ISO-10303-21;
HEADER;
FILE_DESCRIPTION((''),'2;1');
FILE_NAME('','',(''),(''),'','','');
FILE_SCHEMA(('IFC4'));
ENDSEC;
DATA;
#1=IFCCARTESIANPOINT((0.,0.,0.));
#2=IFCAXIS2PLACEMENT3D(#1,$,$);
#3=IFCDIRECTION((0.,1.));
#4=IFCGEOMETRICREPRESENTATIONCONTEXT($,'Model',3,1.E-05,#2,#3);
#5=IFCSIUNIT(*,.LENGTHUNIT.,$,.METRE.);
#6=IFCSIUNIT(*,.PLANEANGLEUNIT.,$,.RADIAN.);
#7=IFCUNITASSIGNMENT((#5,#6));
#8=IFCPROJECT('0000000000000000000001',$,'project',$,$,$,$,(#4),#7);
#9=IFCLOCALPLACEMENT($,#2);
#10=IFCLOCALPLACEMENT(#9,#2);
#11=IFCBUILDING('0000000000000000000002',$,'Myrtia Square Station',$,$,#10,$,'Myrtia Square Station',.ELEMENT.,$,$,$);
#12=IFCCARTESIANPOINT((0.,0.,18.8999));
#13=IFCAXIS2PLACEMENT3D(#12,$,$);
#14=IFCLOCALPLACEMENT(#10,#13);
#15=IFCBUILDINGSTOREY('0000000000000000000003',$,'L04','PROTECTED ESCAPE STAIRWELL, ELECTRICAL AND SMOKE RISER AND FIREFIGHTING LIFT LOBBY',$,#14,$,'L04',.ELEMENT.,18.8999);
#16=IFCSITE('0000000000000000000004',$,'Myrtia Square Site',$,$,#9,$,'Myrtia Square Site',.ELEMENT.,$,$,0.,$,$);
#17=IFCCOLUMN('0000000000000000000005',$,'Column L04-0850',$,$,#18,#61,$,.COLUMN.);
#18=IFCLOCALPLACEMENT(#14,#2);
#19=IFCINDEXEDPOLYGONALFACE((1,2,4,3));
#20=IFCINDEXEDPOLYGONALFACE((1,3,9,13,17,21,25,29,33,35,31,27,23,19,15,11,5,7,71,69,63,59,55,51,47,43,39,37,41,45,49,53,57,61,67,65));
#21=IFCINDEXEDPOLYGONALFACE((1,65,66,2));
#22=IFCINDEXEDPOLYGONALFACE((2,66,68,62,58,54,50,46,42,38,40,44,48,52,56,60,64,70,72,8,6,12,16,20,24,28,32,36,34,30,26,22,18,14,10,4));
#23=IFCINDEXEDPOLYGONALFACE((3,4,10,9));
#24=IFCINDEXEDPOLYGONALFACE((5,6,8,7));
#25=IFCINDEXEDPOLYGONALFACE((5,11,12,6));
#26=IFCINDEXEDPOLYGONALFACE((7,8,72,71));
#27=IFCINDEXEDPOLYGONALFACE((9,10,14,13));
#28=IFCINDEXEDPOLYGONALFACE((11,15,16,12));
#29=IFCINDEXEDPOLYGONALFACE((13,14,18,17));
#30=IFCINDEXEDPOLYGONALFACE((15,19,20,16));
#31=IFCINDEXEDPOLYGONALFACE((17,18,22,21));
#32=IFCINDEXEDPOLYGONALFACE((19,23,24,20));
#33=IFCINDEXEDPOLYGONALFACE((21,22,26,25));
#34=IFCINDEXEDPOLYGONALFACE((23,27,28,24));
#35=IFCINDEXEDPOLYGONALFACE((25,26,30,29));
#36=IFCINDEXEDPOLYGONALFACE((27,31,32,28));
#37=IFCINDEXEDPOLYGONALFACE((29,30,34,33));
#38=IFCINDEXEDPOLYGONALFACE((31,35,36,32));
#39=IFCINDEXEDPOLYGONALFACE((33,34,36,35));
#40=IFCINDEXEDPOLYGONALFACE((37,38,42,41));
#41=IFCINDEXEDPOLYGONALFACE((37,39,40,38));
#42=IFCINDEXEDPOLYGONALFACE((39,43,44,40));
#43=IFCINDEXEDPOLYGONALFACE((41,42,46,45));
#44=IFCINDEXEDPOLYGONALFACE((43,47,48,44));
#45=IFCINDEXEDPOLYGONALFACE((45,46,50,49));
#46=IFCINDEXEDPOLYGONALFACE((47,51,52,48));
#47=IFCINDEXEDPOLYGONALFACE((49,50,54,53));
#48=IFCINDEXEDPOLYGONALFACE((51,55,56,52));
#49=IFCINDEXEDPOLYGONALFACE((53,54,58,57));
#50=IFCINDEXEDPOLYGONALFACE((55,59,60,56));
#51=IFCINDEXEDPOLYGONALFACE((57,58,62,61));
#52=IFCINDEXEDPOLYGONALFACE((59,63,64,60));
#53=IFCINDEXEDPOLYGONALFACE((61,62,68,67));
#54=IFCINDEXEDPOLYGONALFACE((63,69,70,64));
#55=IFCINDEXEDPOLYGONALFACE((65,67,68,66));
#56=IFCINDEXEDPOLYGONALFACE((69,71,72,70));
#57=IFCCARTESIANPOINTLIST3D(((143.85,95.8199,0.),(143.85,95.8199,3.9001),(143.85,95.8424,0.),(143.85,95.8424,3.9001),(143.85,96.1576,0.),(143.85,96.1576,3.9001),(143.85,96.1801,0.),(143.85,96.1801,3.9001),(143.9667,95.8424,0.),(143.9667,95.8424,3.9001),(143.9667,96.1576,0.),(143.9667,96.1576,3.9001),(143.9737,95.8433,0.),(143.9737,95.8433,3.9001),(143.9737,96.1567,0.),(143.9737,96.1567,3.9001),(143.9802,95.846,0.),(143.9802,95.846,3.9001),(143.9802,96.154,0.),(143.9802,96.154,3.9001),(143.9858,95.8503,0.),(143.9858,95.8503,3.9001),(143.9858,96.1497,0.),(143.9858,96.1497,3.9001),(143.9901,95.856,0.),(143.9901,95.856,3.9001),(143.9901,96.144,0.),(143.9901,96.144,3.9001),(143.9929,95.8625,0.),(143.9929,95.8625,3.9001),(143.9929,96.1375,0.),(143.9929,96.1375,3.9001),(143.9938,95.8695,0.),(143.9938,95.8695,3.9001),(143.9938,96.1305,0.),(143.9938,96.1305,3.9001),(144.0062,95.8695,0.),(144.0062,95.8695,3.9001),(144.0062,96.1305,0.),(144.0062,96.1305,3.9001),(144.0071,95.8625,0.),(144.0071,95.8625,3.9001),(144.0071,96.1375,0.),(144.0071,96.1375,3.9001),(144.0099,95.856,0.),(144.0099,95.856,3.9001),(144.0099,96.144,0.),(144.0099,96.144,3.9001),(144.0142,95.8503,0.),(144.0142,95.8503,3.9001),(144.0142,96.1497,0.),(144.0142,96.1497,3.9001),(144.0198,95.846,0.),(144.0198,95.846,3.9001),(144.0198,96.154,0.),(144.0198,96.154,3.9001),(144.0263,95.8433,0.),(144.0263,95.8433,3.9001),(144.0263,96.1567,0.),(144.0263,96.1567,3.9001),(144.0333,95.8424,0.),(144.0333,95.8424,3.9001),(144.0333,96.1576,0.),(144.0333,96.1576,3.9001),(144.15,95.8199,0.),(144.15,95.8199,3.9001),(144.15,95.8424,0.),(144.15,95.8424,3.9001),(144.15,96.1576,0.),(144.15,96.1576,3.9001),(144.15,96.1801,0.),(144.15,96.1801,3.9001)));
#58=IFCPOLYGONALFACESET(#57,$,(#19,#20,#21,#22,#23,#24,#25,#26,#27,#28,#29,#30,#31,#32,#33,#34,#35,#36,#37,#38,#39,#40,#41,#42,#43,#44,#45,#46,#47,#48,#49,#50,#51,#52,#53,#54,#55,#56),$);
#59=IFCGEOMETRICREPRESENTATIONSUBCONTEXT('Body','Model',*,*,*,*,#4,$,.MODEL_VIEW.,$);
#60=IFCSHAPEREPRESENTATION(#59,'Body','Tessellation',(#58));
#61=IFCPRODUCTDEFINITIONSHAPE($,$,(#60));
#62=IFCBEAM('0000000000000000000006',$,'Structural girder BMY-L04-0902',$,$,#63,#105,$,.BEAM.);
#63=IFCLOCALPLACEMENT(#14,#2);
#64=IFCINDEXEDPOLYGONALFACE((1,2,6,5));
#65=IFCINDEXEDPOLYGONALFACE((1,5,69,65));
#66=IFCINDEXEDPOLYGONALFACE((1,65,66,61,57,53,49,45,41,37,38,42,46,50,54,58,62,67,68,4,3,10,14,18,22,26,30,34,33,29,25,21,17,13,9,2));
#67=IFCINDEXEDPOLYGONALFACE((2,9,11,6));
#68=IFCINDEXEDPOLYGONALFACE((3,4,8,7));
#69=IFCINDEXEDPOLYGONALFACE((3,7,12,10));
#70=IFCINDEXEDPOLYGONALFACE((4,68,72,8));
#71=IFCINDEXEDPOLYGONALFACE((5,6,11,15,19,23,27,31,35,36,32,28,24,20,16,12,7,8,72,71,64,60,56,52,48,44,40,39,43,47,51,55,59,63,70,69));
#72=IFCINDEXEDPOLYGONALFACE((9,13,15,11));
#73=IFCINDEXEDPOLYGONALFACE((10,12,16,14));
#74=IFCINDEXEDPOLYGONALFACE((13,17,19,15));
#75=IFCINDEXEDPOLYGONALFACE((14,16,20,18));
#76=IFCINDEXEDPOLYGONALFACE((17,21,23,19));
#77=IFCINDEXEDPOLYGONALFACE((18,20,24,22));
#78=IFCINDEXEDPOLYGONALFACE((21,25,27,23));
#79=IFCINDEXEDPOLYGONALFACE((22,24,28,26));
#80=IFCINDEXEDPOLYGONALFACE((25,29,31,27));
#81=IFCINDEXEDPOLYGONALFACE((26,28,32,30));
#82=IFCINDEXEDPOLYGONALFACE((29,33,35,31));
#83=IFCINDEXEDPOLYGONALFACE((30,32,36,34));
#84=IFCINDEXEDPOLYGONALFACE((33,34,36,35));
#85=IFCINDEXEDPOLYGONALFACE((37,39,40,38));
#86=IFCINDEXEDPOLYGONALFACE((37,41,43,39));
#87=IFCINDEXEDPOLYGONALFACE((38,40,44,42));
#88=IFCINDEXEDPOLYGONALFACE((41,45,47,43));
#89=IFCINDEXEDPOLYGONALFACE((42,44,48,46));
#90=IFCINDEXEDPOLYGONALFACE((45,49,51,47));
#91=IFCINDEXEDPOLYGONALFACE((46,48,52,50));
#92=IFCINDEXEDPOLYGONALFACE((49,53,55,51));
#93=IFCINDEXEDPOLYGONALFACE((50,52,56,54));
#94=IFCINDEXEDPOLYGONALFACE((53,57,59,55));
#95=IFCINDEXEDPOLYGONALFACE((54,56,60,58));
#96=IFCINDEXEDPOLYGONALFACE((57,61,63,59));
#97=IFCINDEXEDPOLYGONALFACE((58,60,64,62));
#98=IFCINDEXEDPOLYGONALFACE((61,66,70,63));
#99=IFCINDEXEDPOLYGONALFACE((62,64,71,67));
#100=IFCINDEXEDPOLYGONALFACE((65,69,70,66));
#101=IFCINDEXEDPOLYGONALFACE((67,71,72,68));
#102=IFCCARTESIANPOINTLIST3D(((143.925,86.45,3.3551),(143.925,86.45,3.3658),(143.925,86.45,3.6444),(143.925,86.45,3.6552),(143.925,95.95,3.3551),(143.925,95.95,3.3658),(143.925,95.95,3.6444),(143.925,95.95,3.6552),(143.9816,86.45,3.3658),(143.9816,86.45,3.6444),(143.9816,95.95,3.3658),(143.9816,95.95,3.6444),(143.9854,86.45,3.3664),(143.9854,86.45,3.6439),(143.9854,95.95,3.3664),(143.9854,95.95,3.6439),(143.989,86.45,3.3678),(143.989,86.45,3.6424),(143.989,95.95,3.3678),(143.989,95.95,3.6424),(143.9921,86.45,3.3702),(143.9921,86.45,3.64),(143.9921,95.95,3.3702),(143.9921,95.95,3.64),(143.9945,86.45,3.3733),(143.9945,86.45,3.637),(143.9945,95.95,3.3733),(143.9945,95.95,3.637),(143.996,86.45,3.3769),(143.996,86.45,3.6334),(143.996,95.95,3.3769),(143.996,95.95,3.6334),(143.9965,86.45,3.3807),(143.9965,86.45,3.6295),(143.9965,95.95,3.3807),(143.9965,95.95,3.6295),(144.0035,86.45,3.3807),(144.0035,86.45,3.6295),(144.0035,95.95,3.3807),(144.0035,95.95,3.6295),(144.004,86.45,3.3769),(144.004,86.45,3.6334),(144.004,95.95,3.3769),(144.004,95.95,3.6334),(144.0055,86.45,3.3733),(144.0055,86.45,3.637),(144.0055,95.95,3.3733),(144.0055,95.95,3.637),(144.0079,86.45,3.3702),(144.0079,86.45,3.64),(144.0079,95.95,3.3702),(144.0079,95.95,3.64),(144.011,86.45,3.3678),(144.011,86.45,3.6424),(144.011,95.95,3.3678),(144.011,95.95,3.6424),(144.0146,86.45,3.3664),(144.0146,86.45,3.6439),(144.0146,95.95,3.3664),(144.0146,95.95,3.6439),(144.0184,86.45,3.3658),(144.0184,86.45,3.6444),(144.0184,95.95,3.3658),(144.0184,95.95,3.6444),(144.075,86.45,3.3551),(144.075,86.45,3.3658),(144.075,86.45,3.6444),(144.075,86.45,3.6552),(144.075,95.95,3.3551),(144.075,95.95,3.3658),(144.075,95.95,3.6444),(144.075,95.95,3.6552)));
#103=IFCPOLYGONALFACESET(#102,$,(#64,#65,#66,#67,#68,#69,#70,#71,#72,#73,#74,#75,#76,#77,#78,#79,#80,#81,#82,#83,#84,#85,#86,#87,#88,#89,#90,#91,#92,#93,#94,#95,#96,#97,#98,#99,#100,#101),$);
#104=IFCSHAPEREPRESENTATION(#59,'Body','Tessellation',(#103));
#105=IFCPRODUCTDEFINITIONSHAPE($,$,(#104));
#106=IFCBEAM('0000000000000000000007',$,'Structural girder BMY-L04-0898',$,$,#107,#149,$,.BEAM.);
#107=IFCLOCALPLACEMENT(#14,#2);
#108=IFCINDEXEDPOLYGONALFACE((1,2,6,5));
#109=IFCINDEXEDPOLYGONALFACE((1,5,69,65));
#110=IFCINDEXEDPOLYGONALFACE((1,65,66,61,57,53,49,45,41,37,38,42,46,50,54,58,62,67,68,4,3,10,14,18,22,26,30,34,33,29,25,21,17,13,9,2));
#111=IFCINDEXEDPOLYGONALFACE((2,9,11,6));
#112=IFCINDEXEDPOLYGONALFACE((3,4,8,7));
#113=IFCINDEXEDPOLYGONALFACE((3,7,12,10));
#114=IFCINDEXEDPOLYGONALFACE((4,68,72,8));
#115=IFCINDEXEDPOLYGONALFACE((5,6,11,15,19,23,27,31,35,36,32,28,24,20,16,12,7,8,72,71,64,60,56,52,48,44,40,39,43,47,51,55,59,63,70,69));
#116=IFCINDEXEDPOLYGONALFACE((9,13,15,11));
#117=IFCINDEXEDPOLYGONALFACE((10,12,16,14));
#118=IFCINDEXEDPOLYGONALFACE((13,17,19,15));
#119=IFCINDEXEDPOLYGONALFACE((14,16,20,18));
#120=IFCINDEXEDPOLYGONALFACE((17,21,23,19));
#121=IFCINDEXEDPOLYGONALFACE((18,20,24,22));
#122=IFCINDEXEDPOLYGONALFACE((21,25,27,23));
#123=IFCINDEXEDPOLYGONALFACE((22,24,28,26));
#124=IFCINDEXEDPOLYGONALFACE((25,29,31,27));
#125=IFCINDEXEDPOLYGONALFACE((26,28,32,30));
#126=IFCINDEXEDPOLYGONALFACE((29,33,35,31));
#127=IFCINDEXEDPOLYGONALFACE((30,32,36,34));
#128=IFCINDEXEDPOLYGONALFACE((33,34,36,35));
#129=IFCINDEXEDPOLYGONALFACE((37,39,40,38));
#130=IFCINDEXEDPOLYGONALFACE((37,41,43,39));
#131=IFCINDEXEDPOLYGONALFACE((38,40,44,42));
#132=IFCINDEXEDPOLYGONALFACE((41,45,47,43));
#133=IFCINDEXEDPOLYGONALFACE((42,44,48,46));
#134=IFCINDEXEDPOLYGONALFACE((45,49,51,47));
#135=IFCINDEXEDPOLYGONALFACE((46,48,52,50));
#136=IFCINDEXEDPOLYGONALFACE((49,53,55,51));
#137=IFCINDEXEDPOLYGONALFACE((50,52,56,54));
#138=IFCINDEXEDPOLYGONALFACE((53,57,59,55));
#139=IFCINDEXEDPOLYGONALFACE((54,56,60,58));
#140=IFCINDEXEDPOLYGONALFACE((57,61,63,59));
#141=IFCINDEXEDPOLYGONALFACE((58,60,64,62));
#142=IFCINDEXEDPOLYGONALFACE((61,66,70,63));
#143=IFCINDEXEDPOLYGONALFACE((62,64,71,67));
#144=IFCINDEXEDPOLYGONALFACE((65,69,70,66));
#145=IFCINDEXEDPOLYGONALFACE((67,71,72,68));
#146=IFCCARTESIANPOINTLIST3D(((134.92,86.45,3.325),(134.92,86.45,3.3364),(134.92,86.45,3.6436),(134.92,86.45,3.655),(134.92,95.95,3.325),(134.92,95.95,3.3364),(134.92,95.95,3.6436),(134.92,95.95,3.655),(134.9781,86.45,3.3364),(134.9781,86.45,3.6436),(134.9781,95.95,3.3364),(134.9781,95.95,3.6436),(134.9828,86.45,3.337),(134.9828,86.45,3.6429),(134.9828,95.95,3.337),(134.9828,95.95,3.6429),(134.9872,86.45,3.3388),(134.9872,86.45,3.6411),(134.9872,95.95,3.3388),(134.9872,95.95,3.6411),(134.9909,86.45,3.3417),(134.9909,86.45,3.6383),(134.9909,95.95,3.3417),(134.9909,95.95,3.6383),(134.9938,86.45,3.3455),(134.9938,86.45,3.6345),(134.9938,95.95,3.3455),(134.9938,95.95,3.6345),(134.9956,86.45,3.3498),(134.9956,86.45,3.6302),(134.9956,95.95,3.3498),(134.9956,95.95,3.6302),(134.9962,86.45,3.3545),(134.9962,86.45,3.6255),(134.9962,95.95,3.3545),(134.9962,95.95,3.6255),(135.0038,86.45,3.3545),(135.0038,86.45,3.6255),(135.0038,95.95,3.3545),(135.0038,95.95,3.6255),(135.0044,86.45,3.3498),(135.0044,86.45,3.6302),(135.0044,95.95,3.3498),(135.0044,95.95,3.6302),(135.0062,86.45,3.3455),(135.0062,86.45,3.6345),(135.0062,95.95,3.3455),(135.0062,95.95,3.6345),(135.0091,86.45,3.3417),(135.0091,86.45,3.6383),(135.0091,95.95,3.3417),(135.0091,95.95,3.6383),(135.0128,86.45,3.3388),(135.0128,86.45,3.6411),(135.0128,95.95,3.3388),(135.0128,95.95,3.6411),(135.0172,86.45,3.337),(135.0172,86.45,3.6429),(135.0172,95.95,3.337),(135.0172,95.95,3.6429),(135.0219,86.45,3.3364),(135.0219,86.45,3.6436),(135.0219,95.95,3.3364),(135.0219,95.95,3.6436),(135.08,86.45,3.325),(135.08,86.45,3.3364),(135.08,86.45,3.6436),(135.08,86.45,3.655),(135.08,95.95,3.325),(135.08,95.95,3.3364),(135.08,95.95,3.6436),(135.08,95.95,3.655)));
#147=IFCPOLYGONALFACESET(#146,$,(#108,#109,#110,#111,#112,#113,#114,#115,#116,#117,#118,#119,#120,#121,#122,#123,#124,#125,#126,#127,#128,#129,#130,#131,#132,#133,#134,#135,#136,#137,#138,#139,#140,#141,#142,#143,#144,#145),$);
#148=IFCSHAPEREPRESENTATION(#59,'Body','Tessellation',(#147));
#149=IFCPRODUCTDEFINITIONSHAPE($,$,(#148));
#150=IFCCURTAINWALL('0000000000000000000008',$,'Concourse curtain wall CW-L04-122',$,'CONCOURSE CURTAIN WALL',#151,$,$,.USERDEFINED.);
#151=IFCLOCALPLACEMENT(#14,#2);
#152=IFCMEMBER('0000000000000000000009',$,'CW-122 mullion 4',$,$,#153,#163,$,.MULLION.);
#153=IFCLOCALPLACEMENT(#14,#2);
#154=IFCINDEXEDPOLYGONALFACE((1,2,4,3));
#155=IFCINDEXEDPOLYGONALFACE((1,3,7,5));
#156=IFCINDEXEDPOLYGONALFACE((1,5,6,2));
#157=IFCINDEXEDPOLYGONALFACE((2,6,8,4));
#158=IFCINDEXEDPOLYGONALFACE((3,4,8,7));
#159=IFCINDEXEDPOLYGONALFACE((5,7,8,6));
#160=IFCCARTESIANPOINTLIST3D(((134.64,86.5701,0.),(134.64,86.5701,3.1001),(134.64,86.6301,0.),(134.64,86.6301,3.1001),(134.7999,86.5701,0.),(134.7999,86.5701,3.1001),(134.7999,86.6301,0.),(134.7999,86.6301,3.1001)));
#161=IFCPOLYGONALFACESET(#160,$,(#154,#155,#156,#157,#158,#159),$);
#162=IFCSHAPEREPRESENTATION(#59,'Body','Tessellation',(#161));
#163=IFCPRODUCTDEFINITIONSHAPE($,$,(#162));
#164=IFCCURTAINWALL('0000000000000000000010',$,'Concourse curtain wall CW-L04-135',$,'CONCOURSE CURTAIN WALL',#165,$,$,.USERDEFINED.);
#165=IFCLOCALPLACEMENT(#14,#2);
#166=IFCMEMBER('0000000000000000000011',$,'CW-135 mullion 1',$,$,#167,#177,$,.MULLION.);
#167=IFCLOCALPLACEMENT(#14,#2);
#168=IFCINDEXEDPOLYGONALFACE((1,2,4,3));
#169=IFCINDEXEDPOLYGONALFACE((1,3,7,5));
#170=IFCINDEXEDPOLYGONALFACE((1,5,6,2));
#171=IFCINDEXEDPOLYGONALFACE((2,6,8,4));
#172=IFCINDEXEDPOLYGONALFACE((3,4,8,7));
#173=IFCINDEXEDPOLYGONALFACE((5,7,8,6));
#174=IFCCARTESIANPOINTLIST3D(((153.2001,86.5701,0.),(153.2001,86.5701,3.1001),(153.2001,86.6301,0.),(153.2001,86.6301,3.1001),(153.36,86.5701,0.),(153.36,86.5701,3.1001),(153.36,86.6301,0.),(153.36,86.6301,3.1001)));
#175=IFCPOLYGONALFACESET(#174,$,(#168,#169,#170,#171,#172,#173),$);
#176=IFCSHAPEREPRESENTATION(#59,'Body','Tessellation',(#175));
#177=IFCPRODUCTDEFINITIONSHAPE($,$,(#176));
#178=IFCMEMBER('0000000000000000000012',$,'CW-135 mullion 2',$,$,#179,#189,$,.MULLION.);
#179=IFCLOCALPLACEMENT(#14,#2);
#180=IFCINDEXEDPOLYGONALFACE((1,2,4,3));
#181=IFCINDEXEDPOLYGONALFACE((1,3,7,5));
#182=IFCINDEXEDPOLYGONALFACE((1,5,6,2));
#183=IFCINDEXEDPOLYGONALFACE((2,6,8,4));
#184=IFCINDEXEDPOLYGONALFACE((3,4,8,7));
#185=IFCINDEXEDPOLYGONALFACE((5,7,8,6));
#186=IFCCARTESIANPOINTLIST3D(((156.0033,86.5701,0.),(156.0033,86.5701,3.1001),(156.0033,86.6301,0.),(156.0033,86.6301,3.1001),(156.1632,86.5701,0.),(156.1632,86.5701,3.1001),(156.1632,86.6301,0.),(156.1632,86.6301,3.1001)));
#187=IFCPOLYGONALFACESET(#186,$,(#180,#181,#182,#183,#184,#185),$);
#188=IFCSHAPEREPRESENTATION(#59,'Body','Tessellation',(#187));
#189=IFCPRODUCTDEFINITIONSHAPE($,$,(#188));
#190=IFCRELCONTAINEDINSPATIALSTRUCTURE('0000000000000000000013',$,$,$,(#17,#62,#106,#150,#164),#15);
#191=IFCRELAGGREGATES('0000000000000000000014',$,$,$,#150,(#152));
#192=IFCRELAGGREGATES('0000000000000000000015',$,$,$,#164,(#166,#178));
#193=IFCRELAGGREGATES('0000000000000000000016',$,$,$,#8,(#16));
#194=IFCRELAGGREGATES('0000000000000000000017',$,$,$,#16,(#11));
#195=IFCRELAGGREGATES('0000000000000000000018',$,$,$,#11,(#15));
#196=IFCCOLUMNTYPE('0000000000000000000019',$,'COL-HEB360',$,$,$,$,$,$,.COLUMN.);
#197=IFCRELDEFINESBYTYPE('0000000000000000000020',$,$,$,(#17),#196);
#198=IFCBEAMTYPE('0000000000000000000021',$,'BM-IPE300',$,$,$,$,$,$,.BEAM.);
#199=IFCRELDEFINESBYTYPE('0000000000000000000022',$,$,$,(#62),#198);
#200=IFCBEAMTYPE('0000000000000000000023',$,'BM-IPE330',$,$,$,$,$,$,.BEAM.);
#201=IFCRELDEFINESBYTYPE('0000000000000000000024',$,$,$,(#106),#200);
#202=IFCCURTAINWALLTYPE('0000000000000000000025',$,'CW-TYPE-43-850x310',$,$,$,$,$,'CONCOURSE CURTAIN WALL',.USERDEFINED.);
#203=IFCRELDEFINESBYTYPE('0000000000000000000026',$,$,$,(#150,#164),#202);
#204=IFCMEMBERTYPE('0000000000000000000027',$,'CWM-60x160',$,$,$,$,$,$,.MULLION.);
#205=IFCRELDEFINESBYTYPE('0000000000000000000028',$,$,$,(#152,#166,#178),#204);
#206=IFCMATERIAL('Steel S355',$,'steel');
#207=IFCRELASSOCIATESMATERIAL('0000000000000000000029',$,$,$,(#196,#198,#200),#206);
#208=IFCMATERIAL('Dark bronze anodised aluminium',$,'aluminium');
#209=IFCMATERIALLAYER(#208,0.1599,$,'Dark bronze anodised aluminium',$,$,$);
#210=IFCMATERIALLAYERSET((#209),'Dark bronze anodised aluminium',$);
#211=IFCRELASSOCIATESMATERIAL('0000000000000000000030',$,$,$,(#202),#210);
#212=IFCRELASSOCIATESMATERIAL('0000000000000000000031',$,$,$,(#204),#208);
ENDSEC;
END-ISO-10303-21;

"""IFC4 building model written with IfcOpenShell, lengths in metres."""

from ifc_helpers import new_model, si_unit, direction, frame, origin, origin_2d, place, context, subcontext, project, spatial, rectangle, i_section, extrude, material, layer, layer_set, material_profile, profile_set, type_object, element, aggregate, save


model = new_model("IFC4")

# Units and contexts
model_context = context("Model", 3, precision=1e-05, world=origin(), true_north=direction((0.0, 1.0)))
body_context = subcontext(model_context, "Body", "Model", "MODEL_VIEW")
ifc_project = project(units=[si_unit("LENGTHUNIT", "METRE"), si_unit("PLANEANGLEUNIT", "RADIAN")], contexts=[model_context])

# Site, building, storey
site_placement = place(None, origin())
site = spatial("IfcSite", under=ifc_project, at=site_placement, Name="Myrtia Square Site", LongName="Myrtia Square Site", CompositionType="ELEMENT", RefElevation=0.0)
building_placement = place(site_placement, origin())
building = spatial("IfcBuilding", under=site, at=building_placement, Name="Myrtia Square Station", LongName="Myrtia Square Station", CompositionType="ELEMENT")
storey_placement = place(building_placement, frame((0.0, 0.0, 18.8999)))
storey = spatial("IfcBuildingStorey", under=building, at=storey_placement, Name="L04", Description="PROTECTED ESCAPE STAIRWELL, ELECTRICAL AND SMOKE RISER AND FIREFIGHTING LIFT LOBBY", LongName="L04", CompositionType="ELEMENT", Elevation=18.8999)

# Column
ifc_material_1 = material(Name="Steel S355", Category="steel")
ifc_material_profile_1 = material_profile(ifc_material_1, i_section(OverallWidth=0.3, OverallDepth=0.3601, WebThickness=0.0125, FlangeThickness=0.0225, FilletRadius=0.0271, at=origin_2d()), Name="HEB 360")
ifc_profile_set_1 = profile_set([ifc_material_profile_1], Name="Steel S355")
column_type_1 = type_object("IfcColumnType", Name="COL-HEB360", PredefinedType="COLUMN", material=ifc_profile_set_1)
for number, where, z_axis, x_axis, name in (
    (1, (144.0, 96.0, 0.0), (0.0, 0.0, 1.0), (1.0, 0.0, 0.0), "Column L04-0850"),
):
    element("IfcColumn", number, at=place(storey_placement, frame(where, z_axis=z_axis, x_axis=x_axis)), inside=storey, type_object=column_type_1, Name=name, PredefinedType="COLUMN", context=body_context, shape_type="SweptSolid", body=[
        extrude(i_section(OverallWidth=0.3, OverallDepth=0.3601, WebThickness=0.0125, FlangeThickness=0.0225, FilletRadius=0.0271, at=origin_2d()), origin(), (0.0, 0.0, 1.0), 3.9001),
    ])

# Beams
ifc_material_profile_2 = material_profile(ifc_material_1, i_section(OverallWidth=0.1499, OverallDepth=0.3, WebThickness=0.0071, FlangeThickness=0.0107, FilletRadius=0.0149, at=origin_2d()), Name="IPE 300")
ifc_profile_set_2 = profile_set([ifc_material_profile_2], Name="Steel S355")
beam_type_1 = type_object("IfcBeamType", Name="BM-IPE300", PredefinedType="BEAM", material=ifc_profile_set_2)
beam_1_placement = place(storey_placement, frame((144.0, 86.45, 3.5051), z_axis=(0.0, 1.0, 0.0), x_axis=(-1.0, 0.0, 0.0)))
element("IfcBeam", 2, at=beam_1_placement, inside=storey, type_object=beam_type_1, Name="Structural girder BMY-L04-0902", PredefinedType="BEAM", context=body_context, shape_type="SweptSolid", body=[
    extrude(i_section(OverallWidth=0.1499, OverallDepth=0.3, WebThickness=0.0071, FlangeThickness=0.0107, FilletRadius=0.0149, at=origin_2d()), origin(), (0.0, 0.0, 1.0), 9.5),
])
ifc_material_profile_3 = material_profile(ifc_material_1, i_section(OverallWidth=0.1599, OverallDepth=0.3301, WebThickness=0.0076, FlangeThickness=0.0115, FilletRadius=0.0181, at=origin_2d()), Name="IPE 330")
ifc_profile_set_3 = profile_set([ifc_material_profile_3], Name="Steel S355")
beam_type_2 = type_object("IfcBeamType", Name="BM-IPE330", PredefinedType="BEAM", material=ifc_profile_set_3)
beam_2_placement = place(storey_placement, frame((135.0, 86.45, 3.49), z_axis=(0.0, 1.0, 0.0), x_axis=(-1.0, 0.0, 0.0)))
element("IfcBeam", 3, at=beam_2_placement, inside=storey, type_object=beam_type_2, Name="Structural girder BMY-L04-0898", PredefinedType="BEAM", context=body_context, shape_type="SweptSolid", body=[
    extrude(i_section(OverallWidth=0.1599, OverallDepth=0.3301, WebThickness=0.0076, FlangeThickness=0.0115, FilletRadius=0.0181, at=origin_2d()), origin(), (0.0, 0.0, 1.0), 9.5),
])

# Curtain wall, member
ifc_material_2 = material(Name="Dark bronze anodised aluminium", Category="aluminium")
ifc_layer_1 = layer(ifc_material_2, 0.1599, Name="Dark bronze anodised aluminium")
ifc_layer_set_1 = layer_set([ifc_layer_1], Name="Dark bronze anodised aluminium")
curtain_wall_type = type_object("IfcCurtainWallType", Name="CW-TYPE-43-850x310", ElementType="CONCOURSE CURTAIN WALL", PredefinedType="USERDEFINED", material=ifc_layer_set_1)
curtain_wall_1_placement = place(storey_placement, origin())
curtain_wall_1 = element("IfcCurtainWall", 4, at=curtain_wall_1_placement, inside=storey, type_object=curtain_wall_type, Name="Concourse curtain wall CW-L04-122", ObjectType="CONCOURSE CURTAIN WALL", PredefinedType="USERDEFINED")
ifc_material_profile_4 = material_profile(ifc_material_2, rectangle(XDim=0.0601, YDim=0.1599, at=origin_2d()), Name="ALU-M 60x160")
ifc_profile_set_4 = profile_set([ifc_material_profile_4], Name="Dark bronze anodised aluminium")
member_type_1 = type_object("IfcMemberType", Name="CWM-60x160", PredefinedType="MULLION", material=ifc_profile_set_4)
member_1_placement = place(storey_placement, frame((134.72, 86.6001, 0.0), z_axis=(0.0, 0.0, 1.0), x_axis=(0.0, 1.0, 0.0)))
member_1 = element("IfcMember", 5, at=member_1_placement, type_object=member_type_1, Name="CW-122 mullion 4", PredefinedType="MULLION", context=body_context, shape_type="SweptSolid", body=[
    extrude(rectangle(XDim=0.0601, YDim=0.1599, at=origin_2d()), origin(), (0.0, 0.0, 1.0), 3.1001),
])

# Curtain wall, members
curtain_wall_2_placement = place(storey_placement, origin())
curtain_wall_2 = element("IfcCurtainWall", 6, at=curtain_wall_2_placement, inside=storey, type_object=curtain_wall_type, Name="Concourse curtain wall CW-L04-135", ObjectType="CONCOURSE CURTAIN WALL", PredefinedType="USERDEFINED")
member_2_placement = place(storey_placement, frame((153.28, 86.6001, 0.0), z_axis=(0.0, 0.0, 1.0), x_axis=(0.0, 1.0, 0.0)))
member_2 = element("IfcMember", 7, at=member_2_placement, type_object=member_type_1, Name="CW-135 mullion 1", PredefinedType="MULLION", context=body_context, shape_type="SweptSolid", body=[
    extrude(rectangle(XDim=0.0601, YDim=0.1599, at=origin_2d()), origin(), (0.0, 0.0, 1.0), 3.1001),
])
member_3_placement = place(storey_placement, frame((156.0833, 86.6001, 0.0), z_axis=(0.0, 0.0, 1.0), x_axis=(0.0, 1.0, 0.0)))
member_3 = element("IfcMember", 8, at=member_3_placement, type_object=member_type_1, Name="CW-135 mullion 2", PredefinedType="MULLION", context=body_context, shape_type="SweptSolid", body=[
    extrude(rectangle(XDim=0.0601, YDim=0.1599, at=origin_2d()), origin(), (0.0, 0.0, 1.0), 3.1001),
])

aggregate(curtain_wall_1, [member_1])
aggregate(curtain_wall_2, [member_2, member_3])

save(model, "model.ifc")
